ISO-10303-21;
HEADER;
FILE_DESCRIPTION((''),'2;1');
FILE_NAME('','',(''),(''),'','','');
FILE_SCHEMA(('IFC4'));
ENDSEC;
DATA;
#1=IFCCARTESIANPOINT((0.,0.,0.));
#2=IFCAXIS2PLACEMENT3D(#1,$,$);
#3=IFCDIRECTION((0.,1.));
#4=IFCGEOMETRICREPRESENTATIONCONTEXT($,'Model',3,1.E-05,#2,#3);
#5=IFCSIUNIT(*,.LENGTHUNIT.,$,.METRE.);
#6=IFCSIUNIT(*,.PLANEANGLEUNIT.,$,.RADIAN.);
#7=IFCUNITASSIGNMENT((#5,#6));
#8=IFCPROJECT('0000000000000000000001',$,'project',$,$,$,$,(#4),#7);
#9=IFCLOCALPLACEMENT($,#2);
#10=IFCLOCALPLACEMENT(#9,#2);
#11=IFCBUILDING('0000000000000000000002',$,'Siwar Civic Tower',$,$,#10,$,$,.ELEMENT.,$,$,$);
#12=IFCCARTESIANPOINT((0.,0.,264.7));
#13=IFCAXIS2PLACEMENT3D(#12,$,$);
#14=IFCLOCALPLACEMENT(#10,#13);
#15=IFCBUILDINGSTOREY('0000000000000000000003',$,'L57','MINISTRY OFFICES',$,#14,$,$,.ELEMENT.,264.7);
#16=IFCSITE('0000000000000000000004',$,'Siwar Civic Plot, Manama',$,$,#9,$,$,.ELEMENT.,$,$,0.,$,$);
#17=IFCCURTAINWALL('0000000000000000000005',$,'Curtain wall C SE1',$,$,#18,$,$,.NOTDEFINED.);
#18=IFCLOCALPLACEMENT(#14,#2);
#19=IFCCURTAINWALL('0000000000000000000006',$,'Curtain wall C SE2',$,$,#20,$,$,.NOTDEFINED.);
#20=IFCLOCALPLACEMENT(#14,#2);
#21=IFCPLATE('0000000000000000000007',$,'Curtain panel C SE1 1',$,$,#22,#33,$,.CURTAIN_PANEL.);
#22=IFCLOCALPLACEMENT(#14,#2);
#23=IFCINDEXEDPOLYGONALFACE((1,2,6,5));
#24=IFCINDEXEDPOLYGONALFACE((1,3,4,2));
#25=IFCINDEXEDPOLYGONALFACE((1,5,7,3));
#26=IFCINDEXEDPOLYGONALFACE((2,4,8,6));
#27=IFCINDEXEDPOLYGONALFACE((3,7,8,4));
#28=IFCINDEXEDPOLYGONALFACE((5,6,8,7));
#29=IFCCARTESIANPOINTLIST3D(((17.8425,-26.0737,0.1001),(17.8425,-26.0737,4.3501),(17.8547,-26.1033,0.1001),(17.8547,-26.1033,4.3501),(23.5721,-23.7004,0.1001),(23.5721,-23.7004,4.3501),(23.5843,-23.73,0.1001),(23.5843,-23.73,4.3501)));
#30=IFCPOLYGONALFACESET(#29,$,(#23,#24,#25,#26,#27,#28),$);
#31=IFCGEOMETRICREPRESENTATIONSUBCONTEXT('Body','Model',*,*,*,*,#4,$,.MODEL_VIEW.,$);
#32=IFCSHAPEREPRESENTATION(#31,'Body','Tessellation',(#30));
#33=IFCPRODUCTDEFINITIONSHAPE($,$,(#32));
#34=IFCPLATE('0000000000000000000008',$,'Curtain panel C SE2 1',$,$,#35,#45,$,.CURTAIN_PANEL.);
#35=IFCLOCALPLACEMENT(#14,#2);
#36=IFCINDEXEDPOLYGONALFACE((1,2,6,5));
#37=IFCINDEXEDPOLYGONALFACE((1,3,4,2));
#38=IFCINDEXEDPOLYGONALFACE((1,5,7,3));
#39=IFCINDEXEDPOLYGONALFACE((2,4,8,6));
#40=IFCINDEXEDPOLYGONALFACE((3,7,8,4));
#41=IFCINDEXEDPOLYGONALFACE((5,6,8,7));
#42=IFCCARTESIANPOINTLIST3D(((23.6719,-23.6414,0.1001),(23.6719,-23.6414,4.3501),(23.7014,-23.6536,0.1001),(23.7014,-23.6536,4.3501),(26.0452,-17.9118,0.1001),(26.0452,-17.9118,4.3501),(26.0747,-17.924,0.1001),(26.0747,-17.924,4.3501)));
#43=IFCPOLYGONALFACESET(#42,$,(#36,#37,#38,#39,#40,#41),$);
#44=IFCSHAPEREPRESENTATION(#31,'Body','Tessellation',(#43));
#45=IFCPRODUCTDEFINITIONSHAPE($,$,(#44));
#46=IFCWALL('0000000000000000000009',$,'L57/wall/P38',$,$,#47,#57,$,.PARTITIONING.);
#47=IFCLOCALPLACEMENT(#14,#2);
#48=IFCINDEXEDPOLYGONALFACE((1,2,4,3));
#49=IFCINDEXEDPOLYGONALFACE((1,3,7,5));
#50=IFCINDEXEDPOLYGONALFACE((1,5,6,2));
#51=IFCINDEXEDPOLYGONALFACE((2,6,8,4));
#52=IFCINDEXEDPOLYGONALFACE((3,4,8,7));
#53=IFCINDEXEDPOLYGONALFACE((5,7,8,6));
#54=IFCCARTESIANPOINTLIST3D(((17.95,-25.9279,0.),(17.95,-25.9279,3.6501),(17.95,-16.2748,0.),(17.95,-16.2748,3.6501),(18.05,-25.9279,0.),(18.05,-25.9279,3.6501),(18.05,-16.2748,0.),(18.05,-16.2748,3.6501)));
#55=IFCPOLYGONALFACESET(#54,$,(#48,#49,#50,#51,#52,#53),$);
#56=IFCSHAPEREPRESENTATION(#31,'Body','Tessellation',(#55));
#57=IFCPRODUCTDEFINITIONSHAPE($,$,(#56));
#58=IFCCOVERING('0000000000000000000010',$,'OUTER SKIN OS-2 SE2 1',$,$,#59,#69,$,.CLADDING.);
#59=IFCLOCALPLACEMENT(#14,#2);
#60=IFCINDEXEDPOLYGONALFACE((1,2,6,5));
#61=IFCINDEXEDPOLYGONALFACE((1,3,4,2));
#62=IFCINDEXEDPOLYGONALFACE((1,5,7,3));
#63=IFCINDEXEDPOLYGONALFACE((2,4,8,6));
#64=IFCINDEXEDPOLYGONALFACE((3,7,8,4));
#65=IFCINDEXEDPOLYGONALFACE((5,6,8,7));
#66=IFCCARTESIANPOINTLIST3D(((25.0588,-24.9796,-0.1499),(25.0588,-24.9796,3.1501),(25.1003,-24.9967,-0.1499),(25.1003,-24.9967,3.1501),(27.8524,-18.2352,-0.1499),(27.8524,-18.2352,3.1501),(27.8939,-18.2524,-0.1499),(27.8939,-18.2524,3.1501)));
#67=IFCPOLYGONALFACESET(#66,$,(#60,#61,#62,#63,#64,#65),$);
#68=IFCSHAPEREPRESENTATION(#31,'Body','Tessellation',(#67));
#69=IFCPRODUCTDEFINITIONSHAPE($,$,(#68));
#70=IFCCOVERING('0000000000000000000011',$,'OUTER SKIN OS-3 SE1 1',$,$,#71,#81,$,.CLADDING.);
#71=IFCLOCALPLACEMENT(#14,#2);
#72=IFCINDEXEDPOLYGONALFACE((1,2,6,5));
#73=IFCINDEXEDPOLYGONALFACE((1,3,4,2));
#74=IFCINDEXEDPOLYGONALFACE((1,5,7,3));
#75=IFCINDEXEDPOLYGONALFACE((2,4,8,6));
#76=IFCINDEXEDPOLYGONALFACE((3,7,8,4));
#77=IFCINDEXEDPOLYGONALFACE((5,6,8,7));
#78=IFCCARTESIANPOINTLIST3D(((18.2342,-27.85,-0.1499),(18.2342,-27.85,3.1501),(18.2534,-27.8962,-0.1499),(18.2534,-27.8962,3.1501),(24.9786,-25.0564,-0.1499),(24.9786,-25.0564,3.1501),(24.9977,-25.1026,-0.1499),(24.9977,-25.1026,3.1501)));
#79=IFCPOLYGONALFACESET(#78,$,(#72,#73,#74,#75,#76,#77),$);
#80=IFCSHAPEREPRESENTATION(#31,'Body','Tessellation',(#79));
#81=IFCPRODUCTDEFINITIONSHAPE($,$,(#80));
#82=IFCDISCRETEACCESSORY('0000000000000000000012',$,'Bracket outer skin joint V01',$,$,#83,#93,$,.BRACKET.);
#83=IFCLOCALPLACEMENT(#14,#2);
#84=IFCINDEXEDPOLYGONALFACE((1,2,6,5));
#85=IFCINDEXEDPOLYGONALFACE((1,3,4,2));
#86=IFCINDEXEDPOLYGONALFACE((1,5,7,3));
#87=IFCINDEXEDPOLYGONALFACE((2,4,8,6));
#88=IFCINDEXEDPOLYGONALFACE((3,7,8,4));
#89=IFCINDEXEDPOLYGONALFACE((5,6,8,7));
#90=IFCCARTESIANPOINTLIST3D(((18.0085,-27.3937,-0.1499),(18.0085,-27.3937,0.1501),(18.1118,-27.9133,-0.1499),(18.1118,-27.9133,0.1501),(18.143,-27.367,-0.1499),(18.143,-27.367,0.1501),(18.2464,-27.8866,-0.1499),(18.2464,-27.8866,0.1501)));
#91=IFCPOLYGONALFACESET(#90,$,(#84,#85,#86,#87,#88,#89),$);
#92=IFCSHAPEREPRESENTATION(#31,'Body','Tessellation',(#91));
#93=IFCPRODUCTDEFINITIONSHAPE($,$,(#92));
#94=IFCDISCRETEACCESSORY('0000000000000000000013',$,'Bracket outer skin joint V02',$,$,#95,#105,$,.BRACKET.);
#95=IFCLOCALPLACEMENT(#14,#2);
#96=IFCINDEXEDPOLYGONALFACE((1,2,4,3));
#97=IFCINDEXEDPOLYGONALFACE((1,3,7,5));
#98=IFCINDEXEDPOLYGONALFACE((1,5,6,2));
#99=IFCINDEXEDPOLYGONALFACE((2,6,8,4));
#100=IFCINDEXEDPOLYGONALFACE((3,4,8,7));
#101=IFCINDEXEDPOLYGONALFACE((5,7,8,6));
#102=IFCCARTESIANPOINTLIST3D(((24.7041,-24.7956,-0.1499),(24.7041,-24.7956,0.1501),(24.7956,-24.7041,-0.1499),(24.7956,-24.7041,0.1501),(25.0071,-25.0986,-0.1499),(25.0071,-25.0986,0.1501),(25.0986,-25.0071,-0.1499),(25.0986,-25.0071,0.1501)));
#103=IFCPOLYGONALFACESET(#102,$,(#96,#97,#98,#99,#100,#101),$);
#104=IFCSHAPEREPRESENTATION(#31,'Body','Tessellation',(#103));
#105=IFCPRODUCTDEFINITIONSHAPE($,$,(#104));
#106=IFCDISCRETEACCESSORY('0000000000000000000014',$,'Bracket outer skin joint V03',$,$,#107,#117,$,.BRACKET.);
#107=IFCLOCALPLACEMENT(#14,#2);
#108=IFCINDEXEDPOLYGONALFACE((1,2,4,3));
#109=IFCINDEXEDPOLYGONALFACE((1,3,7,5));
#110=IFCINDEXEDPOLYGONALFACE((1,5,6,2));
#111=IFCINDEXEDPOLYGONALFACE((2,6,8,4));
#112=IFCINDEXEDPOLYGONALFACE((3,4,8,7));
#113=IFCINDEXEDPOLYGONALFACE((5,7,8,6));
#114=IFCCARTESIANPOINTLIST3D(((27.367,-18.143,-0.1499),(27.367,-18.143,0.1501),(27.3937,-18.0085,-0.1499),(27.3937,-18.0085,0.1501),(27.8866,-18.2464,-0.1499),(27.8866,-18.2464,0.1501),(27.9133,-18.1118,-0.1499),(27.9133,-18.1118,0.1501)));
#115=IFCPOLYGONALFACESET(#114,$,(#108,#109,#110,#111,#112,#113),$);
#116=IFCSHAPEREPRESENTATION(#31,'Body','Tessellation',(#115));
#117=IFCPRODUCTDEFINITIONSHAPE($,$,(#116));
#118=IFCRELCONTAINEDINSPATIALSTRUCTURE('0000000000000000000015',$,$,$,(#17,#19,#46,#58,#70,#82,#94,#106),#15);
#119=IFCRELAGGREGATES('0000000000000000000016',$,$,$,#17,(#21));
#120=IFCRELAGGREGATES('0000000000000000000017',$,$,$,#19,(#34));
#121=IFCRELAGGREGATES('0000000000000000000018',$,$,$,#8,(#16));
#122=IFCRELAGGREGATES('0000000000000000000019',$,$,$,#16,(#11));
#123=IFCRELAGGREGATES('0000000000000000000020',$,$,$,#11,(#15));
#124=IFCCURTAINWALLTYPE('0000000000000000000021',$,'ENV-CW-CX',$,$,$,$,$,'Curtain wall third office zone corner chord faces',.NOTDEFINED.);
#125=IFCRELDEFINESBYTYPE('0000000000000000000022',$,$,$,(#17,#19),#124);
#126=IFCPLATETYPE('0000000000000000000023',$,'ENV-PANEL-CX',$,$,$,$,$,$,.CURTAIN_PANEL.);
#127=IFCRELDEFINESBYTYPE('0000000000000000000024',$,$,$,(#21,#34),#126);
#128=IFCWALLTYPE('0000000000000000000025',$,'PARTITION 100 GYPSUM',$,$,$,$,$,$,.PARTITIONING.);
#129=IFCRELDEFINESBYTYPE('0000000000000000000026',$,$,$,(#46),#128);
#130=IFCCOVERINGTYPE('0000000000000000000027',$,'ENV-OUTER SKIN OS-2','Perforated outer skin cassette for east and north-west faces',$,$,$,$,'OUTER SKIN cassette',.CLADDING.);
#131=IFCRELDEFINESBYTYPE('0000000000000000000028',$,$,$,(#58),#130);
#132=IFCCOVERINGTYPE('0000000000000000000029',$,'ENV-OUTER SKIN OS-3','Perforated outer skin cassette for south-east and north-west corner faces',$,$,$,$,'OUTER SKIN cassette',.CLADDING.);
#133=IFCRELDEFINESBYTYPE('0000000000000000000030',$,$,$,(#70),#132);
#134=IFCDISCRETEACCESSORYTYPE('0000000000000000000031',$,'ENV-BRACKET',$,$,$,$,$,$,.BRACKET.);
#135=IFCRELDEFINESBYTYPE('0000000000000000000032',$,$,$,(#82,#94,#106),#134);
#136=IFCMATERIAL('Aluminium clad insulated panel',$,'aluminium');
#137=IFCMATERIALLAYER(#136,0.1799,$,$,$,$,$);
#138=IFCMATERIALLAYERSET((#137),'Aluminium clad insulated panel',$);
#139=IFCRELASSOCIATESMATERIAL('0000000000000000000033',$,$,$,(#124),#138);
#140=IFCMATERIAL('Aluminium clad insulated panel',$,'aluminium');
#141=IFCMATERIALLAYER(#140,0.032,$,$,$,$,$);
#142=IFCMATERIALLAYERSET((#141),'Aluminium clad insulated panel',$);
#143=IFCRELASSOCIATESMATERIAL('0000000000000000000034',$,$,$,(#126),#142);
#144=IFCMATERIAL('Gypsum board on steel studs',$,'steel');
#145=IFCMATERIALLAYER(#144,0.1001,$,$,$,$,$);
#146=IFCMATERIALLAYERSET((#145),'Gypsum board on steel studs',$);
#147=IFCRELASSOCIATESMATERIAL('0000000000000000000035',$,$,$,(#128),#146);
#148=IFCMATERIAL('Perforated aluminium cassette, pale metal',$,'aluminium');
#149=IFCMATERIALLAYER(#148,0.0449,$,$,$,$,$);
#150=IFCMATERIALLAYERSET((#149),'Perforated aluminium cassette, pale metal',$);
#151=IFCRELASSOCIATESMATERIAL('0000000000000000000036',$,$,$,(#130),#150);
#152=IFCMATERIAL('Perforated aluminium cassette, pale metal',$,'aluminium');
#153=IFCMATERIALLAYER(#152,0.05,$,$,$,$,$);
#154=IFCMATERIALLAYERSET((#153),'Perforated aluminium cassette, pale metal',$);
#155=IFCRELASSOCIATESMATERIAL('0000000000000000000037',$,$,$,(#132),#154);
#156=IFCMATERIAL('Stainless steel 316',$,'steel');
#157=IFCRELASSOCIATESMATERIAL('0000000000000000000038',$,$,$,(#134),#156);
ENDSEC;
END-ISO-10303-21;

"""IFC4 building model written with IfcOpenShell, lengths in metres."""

from ifc_helpers import new_model, si_unit, direction, frame, frame_2d, origin, origin_2d, place, context, subcontext, project, spatial, rectangle, extrude, material, layer, layer_set, type_object, element, aggregate, save


model = new_model("IFC4")

# Units and contexts
model_context = context("Model", 3, precision=1e-05, world=origin(), true_north=direction((0.0, 1.0)))
body_context = subcontext(model_context, "Body", "Model", "MODEL_VIEW")
ifc_project = project(units=[si_unit("LENGTHUNIT", "METRE"), si_unit("PLANEANGLEUNIT", "RADIAN")], contexts=[model_context])

# Site, building, storey
site_placement = place(None, origin())
site = spatial("IfcSite", under=ifc_project, at=site_placement, Name="Siwar Civic Plot, Manama", CompositionType="ELEMENT", RefElevation=0.0)
building_placement = place(site_placement, origin())
building = spatial("IfcBuilding", under=site, at=building_placement, Name="Siwar Civic Tower", CompositionType="ELEMENT")
storey_placement = place(building_placement, frame((0.0, 0.0, 264.7)))
storey = spatial("IfcBuildingStorey", under=building, at=storey_placement, Name="L57", Description="MINISTRY OFFICES", CompositionType="ELEMENT", Elevation=264.7)

# Curtain walls
ifc_material_1 = material(Name="Aluminium clad insulated panel", Category="aluminium")
ifc_layer_1 = layer(ifc_material_1, 0.1799)
ifc_layer_set_1 = layer_set([ifc_layer_1], Name="Aluminium clad insulated panel")
curtain_wall_type = type_object("IfcCurtainWallType", Name="ENV-CW-CX", ElementType="Curtain wall third office zone corner chord faces", PredefinedType="NOTDEFINED", material=ifc_layer_set_1)
curtain_wall_1_placement = place(storey_placement, origin())
curtain_wall_1 = element("IfcCurtainWall", 1, at=curtain_wall_1_placement, inside=storey, type_object=curtain_wall_type, Name="Curtain wall C SE1", PredefinedType="NOTDEFINED")
curtain_wall_2_placement = place(storey_placement, origin())
curtain_wall_2 = element("IfcCurtainWall", 2, at=curtain_wall_2_placement, inside=storey, type_object=curtain_wall_type, Name="Curtain wall C SE2", PredefinedType="NOTDEFINED")

# Plates
ifc_material_2 = material(Name="Aluminium clad insulated panel", Category="aluminium")
ifc_layer_2 = layer(ifc_material_2, 0.032)
ifc_layer_set_2 = layer_set([ifc_layer_2], Name="Aluminium clad insulated panel")
plate_type = type_object("IfcPlateType", Name="ENV-PANEL-CX", PredefinedType="CURTAIN_PANEL", material=ifc_layer_set_2)
plate_1_placement = place(storey_placement, frame((20.7134, -24.9019, 0.1001), z_axis=(0.0, 0.0, 1.0), x_axis=(0.92388, 0.382683, 0.0)))
plate_1 = element("IfcPlate", 3, at=plate_1_placement, type_object=plate_type, Name="Curtain panel C SE1 1", PredefinedType="CURTAIN_PANEL", context=body_context, shape_type="SweptSolid", body=[
    extrude(rectangle(XDim=6.2017, YDim=0.032, at=origin_2d()), origin(), (0.0, 0.0, 1.0), 4.25),
])
aggregate(curtain_wall_1, [plate_1])
plate_2_placement = place(storey_placement, frame((24.8733, -20.7827, 0.1001), z_axis=(0.0, 0.0, 1.0), x_axis=(0.382683, 0.92388, 0.0)))
plate_2 = element("IfcPlate", 4, at=plate_2_placement, type_object=plate_type, Name="Curtain panel C SE2 1", PredefinedType="CURTAIN_PANEL", context=body_context, shape_type="SweptSolid", body=[
    extrude(rectangle(XDim=6.2017, YDim=0.032, at=origin_2d()), origin(), (0.0, 0.0, 1.0), 4.25),
])
aggregate(curtain_wall_2, [plate_2])

# Wall
ifc_material_3 = material(Name="Gypsum board on steel studs", Category="steel")
ifc_layer_3 = layer(ifc_material_3, 0.1001)
ifc_layer_set_3 = layer_set([ifc_layer_3], Name="Gypsum board on steel studs")
wall_type = type_object("IfcWallType", Name="PARTITION 100 GYPSUM", PredefinedType="PARTITIONING", material=ifc_layer_set_3)
wall_placement = place(storey_placement, frame((18.0, -25.928, 0.0), z_axis=(0.0, 0.0, 1.0), x_axis=(0.0, 1.0, 0.0)))
element("IfcWall", 5, at=wall_placement, inside=storey, type_object=wall_type, Name="L57/wall/P38", PredefinedType="PARTITIONING", context=body_context, shape_type="SweptSolid", body=[
    extrude(rectangle(XDim=9.6531, YDim=0.1001, at=frame_2d((4.8267, 0.0))), origin(), (0.0, 0.0, 1.0), 3.6501),
])

# Coverings
ifc_material_4 = material(Name="Perforated aluminium cassette, pale metal", Category="aluminium")
ifc_layer_4 = layer(ifc_material_4, 0.0449)
ifc_layer_set_4 = layer_set([ifc_layer_4], Name="Perforated aluminium cassette, pale metal")
covering_type_1 = type_object("IfcCoveringType", Name="ENV-OUTER SKIN OS-2", Description="Perforated outer skin cassette for east and north-west faces", ElementType="OUTER SKIN cassette", PredefinedType="CLADDING", material=ifc_layer_set_4)
covering_1_placement = place(storey_placement, frame((26.4763, -21.616, -0.1499), z_axis=(0.0, 0.0, 1.0), x_axis=(0.382683, 0.92388, 0.0)))
element("IfcCovering", 6, at=covering_1_placement, inside=storey, type_object=covering_type_1, Name="OUTER SKIN OS-2 SE2 1", PredefinedType="CLADDING", context=body_context, shape_type="SweptSolid", body=[
    extrude(rectangle(XDim=7.3, YDim=0.0449, at=origin_2d()), origin(), (0.0, 0.0, 1.0), 3.3),
])
ifc_material_5 = material(Name="Perforated aluminium cassette, pale metal", Category="aluminium")
ifc_layer_5 = layer(ifc_material_5, 0.05)
ifc_layer_set_5 = layer_set([ifc_layer_5], Name="Perforated aluminium cassette, pale metal")
covering_type_2 = type_object("IfcCoveringType", Name="ENV-OUTER SKIN OS-3", Description="Perforated outer skin cassette for south-east and north-west corner faces", ElementType="OUTER SKIN cassette", PredefinedType="CLADDING", material=ifc_layer_set_5)
covering_2_placement = place(storey_placement, frame((21.616, -26.4763, -0.1499), z_axis=(0.0, 0.0, 1.0), x_axis=(0.92388, 0.382683, 0.0)))
element("IfcCovering", 7, at=covering_2_placement, inside=storey, type_object=covering_type_2, Name="OUTER SKIN OS-3 SE1 1", PredefinedType="CLADDING", context=body_context, shape_type="SweptSolid", body=[
    extrude(rectangle(XDim=7.3, YDim=0.05, at=origin_2d()), origin(), (0.0, 0.0, 1.0), 3.3),
])

# Discrete accessories
ifc_material_6 = material(Name="Stainless steel 316", Category="steel")
discrete_accessory_type = type_object("IfcDiscreteAccessoryType", Name="ENV-BRACKET", PredefinedType="BRACKET", material=ifc_material_6)
discrete_accessory_1_placement = place(storey_placement, frame((18.1274, -27.6401, -0.1499), z_axis=(0.0, 0.0, 1.0), x_axis=(0.19509, -0.980785, 0.0)))
element("IfcDiscreteAccessory", 8, at=discrete_accessory_1_placement, inside=storey, type_object=discrete_accessory_type, Name="Bracket outer skin joint V01", PredefinedType="BRACKET", context=body_context, shape_type="SweptSolid", body=[
    extrude(rectangle(XDim=0.5298, YDim=0.1372, at=origin_2d()), origin(), (0.0, 0.0, 1.0), 0.3),
])
discrete_accessory_2_placement = place(storey_placement, frame((24.9014, -24.9014, -0.1499), z_axis=(0.0, 0.0, 1.0), x_axis=(0.707107, -0.707107, 0.0)))
element("IfcDiscreteAccessory", 9, at=discrete_accessory_2_placement, inside=storey, type_object=discrete_accessory_type, Name="Bracket outer skin joint V02", PredefinedType="BRACKET", context=body_context, shape_type="SweptSolid", body=[
    extrude(rectangle(XDim=0.4285, YDim=0.1294, at=origin_2d()), origin(), (0.0, 0.0, 1.0), 0.3),
])
discrete_accessory_3_placement = place(storey_placement, frame((27.6401, -18.1274, -0.1499), z_axis=(0.0, 0.0, 1.0), x_axis=(0.980785, -0.19509, 0.0)))
element("IfcDiscreteAccessory", 10, at=discrete_accessory_3_placement, inside=storey, type_object=discrete_accessory_type, Name="Bracket outer skin joint V03", PredefinedType="BRACKET", context=body_context, shape_type="SweptSolid", body=[
    extrude(rectangle(XDim=0.5298, YDim=0.1372, at=origin_2d()), origin(), (0.0, 0.0, 1.0), 0.3),
])

save(model, "model.ifc")
